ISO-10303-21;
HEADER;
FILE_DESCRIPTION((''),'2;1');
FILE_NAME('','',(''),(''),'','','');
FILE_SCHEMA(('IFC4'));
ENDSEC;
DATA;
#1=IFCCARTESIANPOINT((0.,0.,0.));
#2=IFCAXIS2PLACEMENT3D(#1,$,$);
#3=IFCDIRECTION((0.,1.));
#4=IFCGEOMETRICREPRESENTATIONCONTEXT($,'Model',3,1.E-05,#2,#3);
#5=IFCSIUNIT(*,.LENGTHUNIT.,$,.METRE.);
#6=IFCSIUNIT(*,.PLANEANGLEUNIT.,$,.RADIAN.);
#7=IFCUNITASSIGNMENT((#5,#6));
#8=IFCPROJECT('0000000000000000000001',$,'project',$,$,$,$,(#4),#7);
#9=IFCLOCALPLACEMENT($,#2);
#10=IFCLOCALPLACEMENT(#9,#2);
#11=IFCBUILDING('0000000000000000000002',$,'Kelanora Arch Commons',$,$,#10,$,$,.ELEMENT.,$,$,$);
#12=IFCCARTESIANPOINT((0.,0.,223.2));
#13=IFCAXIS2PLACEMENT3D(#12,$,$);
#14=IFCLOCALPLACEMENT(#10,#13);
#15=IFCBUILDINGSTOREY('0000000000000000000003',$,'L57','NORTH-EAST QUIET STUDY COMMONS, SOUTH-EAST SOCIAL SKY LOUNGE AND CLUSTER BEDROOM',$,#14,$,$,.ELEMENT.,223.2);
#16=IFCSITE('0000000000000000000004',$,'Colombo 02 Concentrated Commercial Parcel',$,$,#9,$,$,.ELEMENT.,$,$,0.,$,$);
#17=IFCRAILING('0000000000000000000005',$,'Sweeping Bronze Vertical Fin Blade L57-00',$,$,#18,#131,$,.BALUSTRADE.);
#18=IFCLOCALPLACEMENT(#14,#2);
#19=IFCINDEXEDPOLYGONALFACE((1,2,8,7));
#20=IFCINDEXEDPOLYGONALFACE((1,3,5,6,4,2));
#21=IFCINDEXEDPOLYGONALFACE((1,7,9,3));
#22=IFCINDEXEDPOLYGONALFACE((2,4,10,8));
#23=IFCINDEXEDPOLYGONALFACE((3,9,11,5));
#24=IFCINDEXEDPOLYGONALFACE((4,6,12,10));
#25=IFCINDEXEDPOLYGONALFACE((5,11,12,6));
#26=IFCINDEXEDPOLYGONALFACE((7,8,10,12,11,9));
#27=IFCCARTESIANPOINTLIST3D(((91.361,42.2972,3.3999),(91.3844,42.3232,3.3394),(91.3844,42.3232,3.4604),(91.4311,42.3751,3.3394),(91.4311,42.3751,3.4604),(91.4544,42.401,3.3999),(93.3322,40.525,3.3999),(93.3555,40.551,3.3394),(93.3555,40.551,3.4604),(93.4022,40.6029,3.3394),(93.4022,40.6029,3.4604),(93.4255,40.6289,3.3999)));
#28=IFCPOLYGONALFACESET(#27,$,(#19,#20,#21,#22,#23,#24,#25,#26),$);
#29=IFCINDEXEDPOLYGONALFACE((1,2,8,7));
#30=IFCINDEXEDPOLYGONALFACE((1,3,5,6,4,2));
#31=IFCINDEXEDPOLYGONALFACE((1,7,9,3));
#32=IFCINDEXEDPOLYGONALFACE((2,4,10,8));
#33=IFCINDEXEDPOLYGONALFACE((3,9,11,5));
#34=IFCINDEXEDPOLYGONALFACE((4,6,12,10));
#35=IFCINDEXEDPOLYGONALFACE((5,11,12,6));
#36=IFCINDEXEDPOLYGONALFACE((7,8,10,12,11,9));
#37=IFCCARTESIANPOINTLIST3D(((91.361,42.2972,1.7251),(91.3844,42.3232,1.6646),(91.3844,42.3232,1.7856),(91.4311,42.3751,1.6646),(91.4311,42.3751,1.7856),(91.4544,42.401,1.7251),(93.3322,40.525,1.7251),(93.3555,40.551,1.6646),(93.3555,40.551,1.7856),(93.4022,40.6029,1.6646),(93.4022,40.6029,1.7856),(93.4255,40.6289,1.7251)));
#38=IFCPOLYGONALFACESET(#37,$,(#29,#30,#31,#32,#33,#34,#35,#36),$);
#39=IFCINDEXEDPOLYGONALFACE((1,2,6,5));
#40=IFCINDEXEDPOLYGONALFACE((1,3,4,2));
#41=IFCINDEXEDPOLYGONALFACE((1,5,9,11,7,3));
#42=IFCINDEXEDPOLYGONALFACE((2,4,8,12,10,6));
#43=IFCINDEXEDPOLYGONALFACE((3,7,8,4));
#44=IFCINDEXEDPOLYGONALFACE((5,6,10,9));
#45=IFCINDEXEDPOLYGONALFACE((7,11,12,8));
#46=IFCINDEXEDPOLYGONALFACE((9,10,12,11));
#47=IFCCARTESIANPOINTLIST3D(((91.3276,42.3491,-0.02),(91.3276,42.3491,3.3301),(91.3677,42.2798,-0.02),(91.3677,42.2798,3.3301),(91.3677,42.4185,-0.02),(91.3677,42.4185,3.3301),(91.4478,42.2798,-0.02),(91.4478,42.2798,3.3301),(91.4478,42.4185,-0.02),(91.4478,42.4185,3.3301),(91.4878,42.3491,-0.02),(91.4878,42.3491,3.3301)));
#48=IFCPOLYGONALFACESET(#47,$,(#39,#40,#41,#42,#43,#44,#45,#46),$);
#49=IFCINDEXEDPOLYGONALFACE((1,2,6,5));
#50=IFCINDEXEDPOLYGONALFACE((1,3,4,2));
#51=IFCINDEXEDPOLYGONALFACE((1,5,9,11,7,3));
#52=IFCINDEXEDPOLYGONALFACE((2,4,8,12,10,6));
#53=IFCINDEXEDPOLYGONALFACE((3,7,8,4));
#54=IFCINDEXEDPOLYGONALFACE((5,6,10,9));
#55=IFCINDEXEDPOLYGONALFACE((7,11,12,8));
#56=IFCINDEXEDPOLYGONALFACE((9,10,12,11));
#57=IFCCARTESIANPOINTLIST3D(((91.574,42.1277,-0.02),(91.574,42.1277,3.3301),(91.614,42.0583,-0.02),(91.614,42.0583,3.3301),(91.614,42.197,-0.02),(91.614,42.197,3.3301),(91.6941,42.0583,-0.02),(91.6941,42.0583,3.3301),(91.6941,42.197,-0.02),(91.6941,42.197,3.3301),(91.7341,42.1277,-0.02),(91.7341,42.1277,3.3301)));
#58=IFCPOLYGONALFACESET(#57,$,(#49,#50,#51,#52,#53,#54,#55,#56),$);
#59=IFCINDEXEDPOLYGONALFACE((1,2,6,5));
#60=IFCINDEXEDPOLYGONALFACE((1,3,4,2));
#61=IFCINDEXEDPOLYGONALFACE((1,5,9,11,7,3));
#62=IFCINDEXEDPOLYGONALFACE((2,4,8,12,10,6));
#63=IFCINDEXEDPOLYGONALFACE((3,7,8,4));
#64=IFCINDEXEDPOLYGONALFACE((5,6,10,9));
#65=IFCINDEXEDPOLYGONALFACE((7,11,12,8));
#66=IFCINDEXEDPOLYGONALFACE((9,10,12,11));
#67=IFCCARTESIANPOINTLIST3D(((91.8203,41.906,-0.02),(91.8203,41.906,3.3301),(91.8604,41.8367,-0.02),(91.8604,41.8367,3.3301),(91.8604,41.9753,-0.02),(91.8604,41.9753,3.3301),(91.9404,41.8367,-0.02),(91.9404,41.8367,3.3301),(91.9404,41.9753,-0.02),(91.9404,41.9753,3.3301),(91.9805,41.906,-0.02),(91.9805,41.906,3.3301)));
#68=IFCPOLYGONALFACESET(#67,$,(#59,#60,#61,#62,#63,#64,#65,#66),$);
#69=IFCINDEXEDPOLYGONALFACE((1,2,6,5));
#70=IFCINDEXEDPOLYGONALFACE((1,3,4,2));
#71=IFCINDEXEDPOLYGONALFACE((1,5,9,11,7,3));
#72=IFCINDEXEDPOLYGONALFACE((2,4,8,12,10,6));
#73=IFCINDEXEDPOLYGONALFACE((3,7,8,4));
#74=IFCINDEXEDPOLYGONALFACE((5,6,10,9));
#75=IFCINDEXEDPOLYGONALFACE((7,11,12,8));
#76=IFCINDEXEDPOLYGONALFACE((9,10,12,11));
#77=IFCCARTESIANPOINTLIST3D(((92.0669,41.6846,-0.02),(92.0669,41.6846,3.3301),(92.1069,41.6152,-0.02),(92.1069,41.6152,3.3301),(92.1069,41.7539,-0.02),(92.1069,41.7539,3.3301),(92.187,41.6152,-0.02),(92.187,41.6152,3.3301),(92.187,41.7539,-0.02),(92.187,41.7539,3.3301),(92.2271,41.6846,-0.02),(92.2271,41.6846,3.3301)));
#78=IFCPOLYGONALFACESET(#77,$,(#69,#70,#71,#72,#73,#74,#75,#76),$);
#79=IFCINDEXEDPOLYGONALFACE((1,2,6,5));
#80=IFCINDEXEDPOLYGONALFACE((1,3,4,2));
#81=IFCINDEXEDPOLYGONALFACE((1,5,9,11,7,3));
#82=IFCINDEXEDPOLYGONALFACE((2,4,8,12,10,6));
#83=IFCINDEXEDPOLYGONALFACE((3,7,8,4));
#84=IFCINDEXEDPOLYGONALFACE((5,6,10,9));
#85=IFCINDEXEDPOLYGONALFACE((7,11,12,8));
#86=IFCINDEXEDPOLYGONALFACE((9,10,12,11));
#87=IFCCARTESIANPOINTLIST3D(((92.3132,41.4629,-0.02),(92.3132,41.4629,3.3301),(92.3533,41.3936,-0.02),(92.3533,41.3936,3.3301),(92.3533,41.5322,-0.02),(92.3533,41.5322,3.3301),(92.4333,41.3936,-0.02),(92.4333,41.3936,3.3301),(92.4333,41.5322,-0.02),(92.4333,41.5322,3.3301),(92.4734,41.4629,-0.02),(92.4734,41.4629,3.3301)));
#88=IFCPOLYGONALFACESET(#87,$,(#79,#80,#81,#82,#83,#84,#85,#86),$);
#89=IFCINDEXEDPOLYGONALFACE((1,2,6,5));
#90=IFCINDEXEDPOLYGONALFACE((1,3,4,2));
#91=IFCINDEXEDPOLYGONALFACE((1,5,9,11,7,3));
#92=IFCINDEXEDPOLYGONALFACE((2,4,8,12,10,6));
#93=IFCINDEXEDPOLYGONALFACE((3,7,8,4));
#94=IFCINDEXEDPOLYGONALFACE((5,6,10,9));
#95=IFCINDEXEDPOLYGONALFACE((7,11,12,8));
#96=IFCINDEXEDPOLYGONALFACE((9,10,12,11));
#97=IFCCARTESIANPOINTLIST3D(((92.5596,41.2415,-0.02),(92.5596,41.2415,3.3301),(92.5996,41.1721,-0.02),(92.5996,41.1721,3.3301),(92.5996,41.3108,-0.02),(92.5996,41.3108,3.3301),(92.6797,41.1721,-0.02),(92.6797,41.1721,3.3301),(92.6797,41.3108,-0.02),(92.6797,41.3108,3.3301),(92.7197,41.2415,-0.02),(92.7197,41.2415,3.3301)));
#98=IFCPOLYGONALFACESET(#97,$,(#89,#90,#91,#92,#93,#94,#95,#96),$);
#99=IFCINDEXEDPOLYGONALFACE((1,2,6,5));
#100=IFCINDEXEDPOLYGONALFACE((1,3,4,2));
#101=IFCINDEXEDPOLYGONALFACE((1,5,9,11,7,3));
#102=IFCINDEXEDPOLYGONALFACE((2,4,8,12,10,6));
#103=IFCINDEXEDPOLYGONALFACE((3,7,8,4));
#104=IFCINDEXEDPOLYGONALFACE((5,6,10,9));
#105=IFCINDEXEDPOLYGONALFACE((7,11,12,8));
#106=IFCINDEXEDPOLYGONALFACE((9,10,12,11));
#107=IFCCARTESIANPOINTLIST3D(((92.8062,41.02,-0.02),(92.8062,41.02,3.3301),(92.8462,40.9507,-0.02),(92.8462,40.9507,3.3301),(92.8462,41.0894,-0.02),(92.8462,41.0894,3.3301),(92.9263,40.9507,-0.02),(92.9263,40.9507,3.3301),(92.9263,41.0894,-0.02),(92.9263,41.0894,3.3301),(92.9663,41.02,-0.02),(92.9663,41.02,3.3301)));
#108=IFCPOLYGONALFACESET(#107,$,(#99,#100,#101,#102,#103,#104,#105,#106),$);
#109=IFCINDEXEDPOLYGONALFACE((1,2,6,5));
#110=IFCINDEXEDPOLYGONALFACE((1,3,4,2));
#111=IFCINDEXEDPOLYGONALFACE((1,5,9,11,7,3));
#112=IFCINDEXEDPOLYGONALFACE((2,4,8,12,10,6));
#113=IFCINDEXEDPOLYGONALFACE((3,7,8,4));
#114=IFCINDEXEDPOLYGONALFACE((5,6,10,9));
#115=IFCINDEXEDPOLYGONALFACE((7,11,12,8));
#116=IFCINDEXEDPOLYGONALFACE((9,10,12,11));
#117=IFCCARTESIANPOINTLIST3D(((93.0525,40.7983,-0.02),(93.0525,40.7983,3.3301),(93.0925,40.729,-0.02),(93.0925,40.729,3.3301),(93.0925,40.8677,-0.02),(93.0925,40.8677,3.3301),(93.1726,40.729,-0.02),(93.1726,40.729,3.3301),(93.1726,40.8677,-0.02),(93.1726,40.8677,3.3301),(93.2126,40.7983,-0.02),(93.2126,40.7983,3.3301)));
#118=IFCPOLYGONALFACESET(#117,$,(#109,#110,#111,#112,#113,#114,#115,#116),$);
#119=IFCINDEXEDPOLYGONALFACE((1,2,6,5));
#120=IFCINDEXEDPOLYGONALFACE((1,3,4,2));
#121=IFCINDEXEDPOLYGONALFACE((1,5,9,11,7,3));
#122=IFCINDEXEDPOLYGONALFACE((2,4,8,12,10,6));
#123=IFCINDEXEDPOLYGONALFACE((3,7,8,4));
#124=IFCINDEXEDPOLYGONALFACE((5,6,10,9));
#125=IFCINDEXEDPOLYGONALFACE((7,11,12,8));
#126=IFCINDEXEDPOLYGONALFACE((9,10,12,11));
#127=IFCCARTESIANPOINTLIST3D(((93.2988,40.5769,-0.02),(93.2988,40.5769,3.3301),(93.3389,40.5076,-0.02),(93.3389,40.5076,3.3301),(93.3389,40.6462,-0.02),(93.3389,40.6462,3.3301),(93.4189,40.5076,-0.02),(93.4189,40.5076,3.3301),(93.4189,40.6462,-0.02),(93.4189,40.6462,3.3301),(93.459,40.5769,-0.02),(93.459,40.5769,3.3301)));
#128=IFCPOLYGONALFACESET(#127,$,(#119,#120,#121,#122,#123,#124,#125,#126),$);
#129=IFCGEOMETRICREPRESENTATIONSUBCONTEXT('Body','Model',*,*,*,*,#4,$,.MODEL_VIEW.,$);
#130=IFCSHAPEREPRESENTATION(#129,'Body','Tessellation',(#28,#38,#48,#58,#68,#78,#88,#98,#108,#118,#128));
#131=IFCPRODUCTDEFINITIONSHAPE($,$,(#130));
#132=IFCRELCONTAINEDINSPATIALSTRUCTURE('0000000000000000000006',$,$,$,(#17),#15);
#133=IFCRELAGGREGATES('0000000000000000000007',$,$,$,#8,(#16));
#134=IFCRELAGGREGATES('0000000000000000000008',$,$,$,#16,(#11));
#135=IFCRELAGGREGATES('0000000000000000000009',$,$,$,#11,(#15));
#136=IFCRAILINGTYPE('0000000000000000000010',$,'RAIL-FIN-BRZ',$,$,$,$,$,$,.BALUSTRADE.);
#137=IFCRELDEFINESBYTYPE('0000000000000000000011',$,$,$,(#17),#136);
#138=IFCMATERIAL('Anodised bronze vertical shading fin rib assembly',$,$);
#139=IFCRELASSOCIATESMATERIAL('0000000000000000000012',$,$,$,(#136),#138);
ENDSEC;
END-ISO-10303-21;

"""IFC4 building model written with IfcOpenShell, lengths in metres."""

from ifc_helpers import new_model, si_unit, direction, frame, origin, place, context, subcontext, project, spatial, polyline, outline, extrude, material, type_object, element, save


model = new_model("IFC4")

# Units and contexts
model_context = context("Model", 3, precision=1e-05, world=origin(), true_north=direction((0.0, 1.0)))
body_context = subcontext(model_context, "Body", "Model", "MODEL_VIEW")
ifc_project = project(units=[si_unit("LENGTHUNIT", "METRE"), si_unit("PLANEANGLEUNIT", "RADIAN")], contexts=[model_context])

# Site, building, storey
site_placement = place(None, origin())
site = spatial("IfcSite", under=ifc_project, at=site_placement, Name="Colombo 02 Concentrated Commercial Parcel", CompositionType="ELEMENT", RefElevation=0.0)
building_placement = place(site_placement, origin())
building = spatial("IfcBuilding", under=site, at=building_placement, Name="Kelanora Arch Commons", CompositionType="ELEMENT")
storey_placement = place(building_placement, frame((0.0, 0.0, 223.2)))
storey = spatial("IfcBuildingStorey", under=building, at=storey_placement, Name="L57", Description="NORTH-EAST QUIET STUDY COMMONS, SOUTH-EAST SOCIAL SKY LOUNGE AND CLUSTER BEDROOM", CompositionType="ELEMENT", Elevation=223.2)

# Railing
ifc_material_1 = material(Name="Anodised bronze vertical shading fin rib assembly")
railing_type = type_object("IfcRailingType", Name="RAIL-FIN-BRZ", PredefinedType="BALUSTRADE", material=ifc_material_1)
railing_1_placement = place(storey_placement, frame((91.4077, 42.3491, -0.02)))
element("IfcRailing", 1, at=railing_1_placement, inside=storey, type_object=railing_type, Name="Sweeping Bronze Vertical Fin Blade L57-00", PredefinedType="BALUSTRADE", context=body_context, shape_type="SweptSolid", body=[
    extrude(outline(polyline([(0.0698, 0.0), (0.0349, 0.0605), (-0.0349, 0.0605), (-0.0698, 0.0), (-0.0349, -0.0605), (0.0349, -0.0605), (0.0698, 0.0)])), frame((0.0, 0.0, 3.4199), z_axis=(0.743642, -0.668578, 0.0), x_axis=(0.668578, 0.743642, 0.0)), (0.0, 0.0, 1.0), 2.6506),
    extrude(outline(polyline([(0.0698, 0.0), (0.0349, 0.0605), (-0.0349, 0.0605), (-0.0698, 0.0), (-0.0349, -0.0605), (0.0349, -0.0605), (0.0698, 0.0)])), frame((0.0, 0.0, 1.7451), z_axis=(0.743642, -0.668578, 0.0), x_axis=(0.668578, 0.743642, 0.0)), (0.0, 0.0, 1.0), 2.6506),
    extrude(outline(polyline([(0.0801, 0.0), (0.04, 0.0693), (-0.04, 0.0693), (-0.0801, 0.0), (-0.04, -0.0693), (0.04, -0.0693), (0.0801, 0.0)])), origin(), (0.0, 0.0, 1.0), 3.3501),
    extrude(outline(polyline([(0.0801, 0.0), (0.04, 0.0693), (-0.04, 0.0693), (-0.0801, 0.0), (-0.04, -0.0693), (0.04, -0.0693), (0.0801, 0.0)])), frame((0.2463, -0.2214, 0.0)), (0.0, 0.0, 1.0), 3.3501),
    extrude(outline(polyline([(0.0801, 0.0), (0.04, 0.0693), (-0.04, 0.0693), (-0.0801, 0.0), (-0.04, -0.0693), (0.04, -0.0693), (0.0801, 0.0)])), frame((0.4927, -0.4431, 0.0)), (0.0, 0.0, 1.0), 3.3501),
    extrude(outline(polyline([(0.0801, 0.0), (0.04, 0.0693), (-0.04, 0.0693), (-0.0801, 0.0), (-0.04, -0.0693), (0.04, -0.0693), (0.0801, 0.0)])), frame((0.7393, -0.6646, 0.0)), (0.0, 0.0, 1.0), 3.3501),
    extrude(outline(polyline([(0.0801, 0.0), (0.04, 0.0693), (-0.04, 0.0693), (-0.0801, 0.0), (-0.04, -0.0693), (0.04, -0.0693), (0.0801, 0.0)])), frame((0.9856, -0.8862, 0.0)), (0.0, 0.0, 1.0), 3.3501),
    extrude(outline(polyline([(0.0801, 0.0), (0.04, 0.0693), (-0.04, 0.0693), (-0.0801, 0.0), (-0.04, -0.0693), (0.04, -0.0693), (0.0801, 0.0)])), frame((1.2319, -1.1077, 0.0)), (0.0, 0.0, 1.0), 3.3501),
    extrude(outline(polyline([(0.0801, 0.0), (0.04, 0.0693), (-0.04, 0.0693), (-0.0801, 0.0), (-0.04, -0.0693), (0.04, -0.0693), (0.0801, 0.0)])), frame((1.4785, -1.3291, 0.0)), (0.0, 0.0, 1.0), 3.3501),
    extrude(outline(polyline([(0.0801, 0.0), (0.04, 0.0693), (-0.04, 0.0693), (-0.0801, 0.0), (-0.04, -0.0693), (0.04, -0.0693), (0.0801, 0.0)])), frame((1.7249, -1.5508, 0.0)), (0.0, 0.0, 1.0), 3.3501),
    extrude(outline(polyline([(0.0801, 0.0), (0.04, 0.0693), (-0.04, 0.0693), (-0.0801, 0.0), (-0.04, -0.0693), (0.04, -0.0693), (0.0801, 0.0)])), frame((1.9712, -1.7722, 0.0)), (0.0, 0.0, 1.0), 3.3501),
])

save(model, "model.ifc")
